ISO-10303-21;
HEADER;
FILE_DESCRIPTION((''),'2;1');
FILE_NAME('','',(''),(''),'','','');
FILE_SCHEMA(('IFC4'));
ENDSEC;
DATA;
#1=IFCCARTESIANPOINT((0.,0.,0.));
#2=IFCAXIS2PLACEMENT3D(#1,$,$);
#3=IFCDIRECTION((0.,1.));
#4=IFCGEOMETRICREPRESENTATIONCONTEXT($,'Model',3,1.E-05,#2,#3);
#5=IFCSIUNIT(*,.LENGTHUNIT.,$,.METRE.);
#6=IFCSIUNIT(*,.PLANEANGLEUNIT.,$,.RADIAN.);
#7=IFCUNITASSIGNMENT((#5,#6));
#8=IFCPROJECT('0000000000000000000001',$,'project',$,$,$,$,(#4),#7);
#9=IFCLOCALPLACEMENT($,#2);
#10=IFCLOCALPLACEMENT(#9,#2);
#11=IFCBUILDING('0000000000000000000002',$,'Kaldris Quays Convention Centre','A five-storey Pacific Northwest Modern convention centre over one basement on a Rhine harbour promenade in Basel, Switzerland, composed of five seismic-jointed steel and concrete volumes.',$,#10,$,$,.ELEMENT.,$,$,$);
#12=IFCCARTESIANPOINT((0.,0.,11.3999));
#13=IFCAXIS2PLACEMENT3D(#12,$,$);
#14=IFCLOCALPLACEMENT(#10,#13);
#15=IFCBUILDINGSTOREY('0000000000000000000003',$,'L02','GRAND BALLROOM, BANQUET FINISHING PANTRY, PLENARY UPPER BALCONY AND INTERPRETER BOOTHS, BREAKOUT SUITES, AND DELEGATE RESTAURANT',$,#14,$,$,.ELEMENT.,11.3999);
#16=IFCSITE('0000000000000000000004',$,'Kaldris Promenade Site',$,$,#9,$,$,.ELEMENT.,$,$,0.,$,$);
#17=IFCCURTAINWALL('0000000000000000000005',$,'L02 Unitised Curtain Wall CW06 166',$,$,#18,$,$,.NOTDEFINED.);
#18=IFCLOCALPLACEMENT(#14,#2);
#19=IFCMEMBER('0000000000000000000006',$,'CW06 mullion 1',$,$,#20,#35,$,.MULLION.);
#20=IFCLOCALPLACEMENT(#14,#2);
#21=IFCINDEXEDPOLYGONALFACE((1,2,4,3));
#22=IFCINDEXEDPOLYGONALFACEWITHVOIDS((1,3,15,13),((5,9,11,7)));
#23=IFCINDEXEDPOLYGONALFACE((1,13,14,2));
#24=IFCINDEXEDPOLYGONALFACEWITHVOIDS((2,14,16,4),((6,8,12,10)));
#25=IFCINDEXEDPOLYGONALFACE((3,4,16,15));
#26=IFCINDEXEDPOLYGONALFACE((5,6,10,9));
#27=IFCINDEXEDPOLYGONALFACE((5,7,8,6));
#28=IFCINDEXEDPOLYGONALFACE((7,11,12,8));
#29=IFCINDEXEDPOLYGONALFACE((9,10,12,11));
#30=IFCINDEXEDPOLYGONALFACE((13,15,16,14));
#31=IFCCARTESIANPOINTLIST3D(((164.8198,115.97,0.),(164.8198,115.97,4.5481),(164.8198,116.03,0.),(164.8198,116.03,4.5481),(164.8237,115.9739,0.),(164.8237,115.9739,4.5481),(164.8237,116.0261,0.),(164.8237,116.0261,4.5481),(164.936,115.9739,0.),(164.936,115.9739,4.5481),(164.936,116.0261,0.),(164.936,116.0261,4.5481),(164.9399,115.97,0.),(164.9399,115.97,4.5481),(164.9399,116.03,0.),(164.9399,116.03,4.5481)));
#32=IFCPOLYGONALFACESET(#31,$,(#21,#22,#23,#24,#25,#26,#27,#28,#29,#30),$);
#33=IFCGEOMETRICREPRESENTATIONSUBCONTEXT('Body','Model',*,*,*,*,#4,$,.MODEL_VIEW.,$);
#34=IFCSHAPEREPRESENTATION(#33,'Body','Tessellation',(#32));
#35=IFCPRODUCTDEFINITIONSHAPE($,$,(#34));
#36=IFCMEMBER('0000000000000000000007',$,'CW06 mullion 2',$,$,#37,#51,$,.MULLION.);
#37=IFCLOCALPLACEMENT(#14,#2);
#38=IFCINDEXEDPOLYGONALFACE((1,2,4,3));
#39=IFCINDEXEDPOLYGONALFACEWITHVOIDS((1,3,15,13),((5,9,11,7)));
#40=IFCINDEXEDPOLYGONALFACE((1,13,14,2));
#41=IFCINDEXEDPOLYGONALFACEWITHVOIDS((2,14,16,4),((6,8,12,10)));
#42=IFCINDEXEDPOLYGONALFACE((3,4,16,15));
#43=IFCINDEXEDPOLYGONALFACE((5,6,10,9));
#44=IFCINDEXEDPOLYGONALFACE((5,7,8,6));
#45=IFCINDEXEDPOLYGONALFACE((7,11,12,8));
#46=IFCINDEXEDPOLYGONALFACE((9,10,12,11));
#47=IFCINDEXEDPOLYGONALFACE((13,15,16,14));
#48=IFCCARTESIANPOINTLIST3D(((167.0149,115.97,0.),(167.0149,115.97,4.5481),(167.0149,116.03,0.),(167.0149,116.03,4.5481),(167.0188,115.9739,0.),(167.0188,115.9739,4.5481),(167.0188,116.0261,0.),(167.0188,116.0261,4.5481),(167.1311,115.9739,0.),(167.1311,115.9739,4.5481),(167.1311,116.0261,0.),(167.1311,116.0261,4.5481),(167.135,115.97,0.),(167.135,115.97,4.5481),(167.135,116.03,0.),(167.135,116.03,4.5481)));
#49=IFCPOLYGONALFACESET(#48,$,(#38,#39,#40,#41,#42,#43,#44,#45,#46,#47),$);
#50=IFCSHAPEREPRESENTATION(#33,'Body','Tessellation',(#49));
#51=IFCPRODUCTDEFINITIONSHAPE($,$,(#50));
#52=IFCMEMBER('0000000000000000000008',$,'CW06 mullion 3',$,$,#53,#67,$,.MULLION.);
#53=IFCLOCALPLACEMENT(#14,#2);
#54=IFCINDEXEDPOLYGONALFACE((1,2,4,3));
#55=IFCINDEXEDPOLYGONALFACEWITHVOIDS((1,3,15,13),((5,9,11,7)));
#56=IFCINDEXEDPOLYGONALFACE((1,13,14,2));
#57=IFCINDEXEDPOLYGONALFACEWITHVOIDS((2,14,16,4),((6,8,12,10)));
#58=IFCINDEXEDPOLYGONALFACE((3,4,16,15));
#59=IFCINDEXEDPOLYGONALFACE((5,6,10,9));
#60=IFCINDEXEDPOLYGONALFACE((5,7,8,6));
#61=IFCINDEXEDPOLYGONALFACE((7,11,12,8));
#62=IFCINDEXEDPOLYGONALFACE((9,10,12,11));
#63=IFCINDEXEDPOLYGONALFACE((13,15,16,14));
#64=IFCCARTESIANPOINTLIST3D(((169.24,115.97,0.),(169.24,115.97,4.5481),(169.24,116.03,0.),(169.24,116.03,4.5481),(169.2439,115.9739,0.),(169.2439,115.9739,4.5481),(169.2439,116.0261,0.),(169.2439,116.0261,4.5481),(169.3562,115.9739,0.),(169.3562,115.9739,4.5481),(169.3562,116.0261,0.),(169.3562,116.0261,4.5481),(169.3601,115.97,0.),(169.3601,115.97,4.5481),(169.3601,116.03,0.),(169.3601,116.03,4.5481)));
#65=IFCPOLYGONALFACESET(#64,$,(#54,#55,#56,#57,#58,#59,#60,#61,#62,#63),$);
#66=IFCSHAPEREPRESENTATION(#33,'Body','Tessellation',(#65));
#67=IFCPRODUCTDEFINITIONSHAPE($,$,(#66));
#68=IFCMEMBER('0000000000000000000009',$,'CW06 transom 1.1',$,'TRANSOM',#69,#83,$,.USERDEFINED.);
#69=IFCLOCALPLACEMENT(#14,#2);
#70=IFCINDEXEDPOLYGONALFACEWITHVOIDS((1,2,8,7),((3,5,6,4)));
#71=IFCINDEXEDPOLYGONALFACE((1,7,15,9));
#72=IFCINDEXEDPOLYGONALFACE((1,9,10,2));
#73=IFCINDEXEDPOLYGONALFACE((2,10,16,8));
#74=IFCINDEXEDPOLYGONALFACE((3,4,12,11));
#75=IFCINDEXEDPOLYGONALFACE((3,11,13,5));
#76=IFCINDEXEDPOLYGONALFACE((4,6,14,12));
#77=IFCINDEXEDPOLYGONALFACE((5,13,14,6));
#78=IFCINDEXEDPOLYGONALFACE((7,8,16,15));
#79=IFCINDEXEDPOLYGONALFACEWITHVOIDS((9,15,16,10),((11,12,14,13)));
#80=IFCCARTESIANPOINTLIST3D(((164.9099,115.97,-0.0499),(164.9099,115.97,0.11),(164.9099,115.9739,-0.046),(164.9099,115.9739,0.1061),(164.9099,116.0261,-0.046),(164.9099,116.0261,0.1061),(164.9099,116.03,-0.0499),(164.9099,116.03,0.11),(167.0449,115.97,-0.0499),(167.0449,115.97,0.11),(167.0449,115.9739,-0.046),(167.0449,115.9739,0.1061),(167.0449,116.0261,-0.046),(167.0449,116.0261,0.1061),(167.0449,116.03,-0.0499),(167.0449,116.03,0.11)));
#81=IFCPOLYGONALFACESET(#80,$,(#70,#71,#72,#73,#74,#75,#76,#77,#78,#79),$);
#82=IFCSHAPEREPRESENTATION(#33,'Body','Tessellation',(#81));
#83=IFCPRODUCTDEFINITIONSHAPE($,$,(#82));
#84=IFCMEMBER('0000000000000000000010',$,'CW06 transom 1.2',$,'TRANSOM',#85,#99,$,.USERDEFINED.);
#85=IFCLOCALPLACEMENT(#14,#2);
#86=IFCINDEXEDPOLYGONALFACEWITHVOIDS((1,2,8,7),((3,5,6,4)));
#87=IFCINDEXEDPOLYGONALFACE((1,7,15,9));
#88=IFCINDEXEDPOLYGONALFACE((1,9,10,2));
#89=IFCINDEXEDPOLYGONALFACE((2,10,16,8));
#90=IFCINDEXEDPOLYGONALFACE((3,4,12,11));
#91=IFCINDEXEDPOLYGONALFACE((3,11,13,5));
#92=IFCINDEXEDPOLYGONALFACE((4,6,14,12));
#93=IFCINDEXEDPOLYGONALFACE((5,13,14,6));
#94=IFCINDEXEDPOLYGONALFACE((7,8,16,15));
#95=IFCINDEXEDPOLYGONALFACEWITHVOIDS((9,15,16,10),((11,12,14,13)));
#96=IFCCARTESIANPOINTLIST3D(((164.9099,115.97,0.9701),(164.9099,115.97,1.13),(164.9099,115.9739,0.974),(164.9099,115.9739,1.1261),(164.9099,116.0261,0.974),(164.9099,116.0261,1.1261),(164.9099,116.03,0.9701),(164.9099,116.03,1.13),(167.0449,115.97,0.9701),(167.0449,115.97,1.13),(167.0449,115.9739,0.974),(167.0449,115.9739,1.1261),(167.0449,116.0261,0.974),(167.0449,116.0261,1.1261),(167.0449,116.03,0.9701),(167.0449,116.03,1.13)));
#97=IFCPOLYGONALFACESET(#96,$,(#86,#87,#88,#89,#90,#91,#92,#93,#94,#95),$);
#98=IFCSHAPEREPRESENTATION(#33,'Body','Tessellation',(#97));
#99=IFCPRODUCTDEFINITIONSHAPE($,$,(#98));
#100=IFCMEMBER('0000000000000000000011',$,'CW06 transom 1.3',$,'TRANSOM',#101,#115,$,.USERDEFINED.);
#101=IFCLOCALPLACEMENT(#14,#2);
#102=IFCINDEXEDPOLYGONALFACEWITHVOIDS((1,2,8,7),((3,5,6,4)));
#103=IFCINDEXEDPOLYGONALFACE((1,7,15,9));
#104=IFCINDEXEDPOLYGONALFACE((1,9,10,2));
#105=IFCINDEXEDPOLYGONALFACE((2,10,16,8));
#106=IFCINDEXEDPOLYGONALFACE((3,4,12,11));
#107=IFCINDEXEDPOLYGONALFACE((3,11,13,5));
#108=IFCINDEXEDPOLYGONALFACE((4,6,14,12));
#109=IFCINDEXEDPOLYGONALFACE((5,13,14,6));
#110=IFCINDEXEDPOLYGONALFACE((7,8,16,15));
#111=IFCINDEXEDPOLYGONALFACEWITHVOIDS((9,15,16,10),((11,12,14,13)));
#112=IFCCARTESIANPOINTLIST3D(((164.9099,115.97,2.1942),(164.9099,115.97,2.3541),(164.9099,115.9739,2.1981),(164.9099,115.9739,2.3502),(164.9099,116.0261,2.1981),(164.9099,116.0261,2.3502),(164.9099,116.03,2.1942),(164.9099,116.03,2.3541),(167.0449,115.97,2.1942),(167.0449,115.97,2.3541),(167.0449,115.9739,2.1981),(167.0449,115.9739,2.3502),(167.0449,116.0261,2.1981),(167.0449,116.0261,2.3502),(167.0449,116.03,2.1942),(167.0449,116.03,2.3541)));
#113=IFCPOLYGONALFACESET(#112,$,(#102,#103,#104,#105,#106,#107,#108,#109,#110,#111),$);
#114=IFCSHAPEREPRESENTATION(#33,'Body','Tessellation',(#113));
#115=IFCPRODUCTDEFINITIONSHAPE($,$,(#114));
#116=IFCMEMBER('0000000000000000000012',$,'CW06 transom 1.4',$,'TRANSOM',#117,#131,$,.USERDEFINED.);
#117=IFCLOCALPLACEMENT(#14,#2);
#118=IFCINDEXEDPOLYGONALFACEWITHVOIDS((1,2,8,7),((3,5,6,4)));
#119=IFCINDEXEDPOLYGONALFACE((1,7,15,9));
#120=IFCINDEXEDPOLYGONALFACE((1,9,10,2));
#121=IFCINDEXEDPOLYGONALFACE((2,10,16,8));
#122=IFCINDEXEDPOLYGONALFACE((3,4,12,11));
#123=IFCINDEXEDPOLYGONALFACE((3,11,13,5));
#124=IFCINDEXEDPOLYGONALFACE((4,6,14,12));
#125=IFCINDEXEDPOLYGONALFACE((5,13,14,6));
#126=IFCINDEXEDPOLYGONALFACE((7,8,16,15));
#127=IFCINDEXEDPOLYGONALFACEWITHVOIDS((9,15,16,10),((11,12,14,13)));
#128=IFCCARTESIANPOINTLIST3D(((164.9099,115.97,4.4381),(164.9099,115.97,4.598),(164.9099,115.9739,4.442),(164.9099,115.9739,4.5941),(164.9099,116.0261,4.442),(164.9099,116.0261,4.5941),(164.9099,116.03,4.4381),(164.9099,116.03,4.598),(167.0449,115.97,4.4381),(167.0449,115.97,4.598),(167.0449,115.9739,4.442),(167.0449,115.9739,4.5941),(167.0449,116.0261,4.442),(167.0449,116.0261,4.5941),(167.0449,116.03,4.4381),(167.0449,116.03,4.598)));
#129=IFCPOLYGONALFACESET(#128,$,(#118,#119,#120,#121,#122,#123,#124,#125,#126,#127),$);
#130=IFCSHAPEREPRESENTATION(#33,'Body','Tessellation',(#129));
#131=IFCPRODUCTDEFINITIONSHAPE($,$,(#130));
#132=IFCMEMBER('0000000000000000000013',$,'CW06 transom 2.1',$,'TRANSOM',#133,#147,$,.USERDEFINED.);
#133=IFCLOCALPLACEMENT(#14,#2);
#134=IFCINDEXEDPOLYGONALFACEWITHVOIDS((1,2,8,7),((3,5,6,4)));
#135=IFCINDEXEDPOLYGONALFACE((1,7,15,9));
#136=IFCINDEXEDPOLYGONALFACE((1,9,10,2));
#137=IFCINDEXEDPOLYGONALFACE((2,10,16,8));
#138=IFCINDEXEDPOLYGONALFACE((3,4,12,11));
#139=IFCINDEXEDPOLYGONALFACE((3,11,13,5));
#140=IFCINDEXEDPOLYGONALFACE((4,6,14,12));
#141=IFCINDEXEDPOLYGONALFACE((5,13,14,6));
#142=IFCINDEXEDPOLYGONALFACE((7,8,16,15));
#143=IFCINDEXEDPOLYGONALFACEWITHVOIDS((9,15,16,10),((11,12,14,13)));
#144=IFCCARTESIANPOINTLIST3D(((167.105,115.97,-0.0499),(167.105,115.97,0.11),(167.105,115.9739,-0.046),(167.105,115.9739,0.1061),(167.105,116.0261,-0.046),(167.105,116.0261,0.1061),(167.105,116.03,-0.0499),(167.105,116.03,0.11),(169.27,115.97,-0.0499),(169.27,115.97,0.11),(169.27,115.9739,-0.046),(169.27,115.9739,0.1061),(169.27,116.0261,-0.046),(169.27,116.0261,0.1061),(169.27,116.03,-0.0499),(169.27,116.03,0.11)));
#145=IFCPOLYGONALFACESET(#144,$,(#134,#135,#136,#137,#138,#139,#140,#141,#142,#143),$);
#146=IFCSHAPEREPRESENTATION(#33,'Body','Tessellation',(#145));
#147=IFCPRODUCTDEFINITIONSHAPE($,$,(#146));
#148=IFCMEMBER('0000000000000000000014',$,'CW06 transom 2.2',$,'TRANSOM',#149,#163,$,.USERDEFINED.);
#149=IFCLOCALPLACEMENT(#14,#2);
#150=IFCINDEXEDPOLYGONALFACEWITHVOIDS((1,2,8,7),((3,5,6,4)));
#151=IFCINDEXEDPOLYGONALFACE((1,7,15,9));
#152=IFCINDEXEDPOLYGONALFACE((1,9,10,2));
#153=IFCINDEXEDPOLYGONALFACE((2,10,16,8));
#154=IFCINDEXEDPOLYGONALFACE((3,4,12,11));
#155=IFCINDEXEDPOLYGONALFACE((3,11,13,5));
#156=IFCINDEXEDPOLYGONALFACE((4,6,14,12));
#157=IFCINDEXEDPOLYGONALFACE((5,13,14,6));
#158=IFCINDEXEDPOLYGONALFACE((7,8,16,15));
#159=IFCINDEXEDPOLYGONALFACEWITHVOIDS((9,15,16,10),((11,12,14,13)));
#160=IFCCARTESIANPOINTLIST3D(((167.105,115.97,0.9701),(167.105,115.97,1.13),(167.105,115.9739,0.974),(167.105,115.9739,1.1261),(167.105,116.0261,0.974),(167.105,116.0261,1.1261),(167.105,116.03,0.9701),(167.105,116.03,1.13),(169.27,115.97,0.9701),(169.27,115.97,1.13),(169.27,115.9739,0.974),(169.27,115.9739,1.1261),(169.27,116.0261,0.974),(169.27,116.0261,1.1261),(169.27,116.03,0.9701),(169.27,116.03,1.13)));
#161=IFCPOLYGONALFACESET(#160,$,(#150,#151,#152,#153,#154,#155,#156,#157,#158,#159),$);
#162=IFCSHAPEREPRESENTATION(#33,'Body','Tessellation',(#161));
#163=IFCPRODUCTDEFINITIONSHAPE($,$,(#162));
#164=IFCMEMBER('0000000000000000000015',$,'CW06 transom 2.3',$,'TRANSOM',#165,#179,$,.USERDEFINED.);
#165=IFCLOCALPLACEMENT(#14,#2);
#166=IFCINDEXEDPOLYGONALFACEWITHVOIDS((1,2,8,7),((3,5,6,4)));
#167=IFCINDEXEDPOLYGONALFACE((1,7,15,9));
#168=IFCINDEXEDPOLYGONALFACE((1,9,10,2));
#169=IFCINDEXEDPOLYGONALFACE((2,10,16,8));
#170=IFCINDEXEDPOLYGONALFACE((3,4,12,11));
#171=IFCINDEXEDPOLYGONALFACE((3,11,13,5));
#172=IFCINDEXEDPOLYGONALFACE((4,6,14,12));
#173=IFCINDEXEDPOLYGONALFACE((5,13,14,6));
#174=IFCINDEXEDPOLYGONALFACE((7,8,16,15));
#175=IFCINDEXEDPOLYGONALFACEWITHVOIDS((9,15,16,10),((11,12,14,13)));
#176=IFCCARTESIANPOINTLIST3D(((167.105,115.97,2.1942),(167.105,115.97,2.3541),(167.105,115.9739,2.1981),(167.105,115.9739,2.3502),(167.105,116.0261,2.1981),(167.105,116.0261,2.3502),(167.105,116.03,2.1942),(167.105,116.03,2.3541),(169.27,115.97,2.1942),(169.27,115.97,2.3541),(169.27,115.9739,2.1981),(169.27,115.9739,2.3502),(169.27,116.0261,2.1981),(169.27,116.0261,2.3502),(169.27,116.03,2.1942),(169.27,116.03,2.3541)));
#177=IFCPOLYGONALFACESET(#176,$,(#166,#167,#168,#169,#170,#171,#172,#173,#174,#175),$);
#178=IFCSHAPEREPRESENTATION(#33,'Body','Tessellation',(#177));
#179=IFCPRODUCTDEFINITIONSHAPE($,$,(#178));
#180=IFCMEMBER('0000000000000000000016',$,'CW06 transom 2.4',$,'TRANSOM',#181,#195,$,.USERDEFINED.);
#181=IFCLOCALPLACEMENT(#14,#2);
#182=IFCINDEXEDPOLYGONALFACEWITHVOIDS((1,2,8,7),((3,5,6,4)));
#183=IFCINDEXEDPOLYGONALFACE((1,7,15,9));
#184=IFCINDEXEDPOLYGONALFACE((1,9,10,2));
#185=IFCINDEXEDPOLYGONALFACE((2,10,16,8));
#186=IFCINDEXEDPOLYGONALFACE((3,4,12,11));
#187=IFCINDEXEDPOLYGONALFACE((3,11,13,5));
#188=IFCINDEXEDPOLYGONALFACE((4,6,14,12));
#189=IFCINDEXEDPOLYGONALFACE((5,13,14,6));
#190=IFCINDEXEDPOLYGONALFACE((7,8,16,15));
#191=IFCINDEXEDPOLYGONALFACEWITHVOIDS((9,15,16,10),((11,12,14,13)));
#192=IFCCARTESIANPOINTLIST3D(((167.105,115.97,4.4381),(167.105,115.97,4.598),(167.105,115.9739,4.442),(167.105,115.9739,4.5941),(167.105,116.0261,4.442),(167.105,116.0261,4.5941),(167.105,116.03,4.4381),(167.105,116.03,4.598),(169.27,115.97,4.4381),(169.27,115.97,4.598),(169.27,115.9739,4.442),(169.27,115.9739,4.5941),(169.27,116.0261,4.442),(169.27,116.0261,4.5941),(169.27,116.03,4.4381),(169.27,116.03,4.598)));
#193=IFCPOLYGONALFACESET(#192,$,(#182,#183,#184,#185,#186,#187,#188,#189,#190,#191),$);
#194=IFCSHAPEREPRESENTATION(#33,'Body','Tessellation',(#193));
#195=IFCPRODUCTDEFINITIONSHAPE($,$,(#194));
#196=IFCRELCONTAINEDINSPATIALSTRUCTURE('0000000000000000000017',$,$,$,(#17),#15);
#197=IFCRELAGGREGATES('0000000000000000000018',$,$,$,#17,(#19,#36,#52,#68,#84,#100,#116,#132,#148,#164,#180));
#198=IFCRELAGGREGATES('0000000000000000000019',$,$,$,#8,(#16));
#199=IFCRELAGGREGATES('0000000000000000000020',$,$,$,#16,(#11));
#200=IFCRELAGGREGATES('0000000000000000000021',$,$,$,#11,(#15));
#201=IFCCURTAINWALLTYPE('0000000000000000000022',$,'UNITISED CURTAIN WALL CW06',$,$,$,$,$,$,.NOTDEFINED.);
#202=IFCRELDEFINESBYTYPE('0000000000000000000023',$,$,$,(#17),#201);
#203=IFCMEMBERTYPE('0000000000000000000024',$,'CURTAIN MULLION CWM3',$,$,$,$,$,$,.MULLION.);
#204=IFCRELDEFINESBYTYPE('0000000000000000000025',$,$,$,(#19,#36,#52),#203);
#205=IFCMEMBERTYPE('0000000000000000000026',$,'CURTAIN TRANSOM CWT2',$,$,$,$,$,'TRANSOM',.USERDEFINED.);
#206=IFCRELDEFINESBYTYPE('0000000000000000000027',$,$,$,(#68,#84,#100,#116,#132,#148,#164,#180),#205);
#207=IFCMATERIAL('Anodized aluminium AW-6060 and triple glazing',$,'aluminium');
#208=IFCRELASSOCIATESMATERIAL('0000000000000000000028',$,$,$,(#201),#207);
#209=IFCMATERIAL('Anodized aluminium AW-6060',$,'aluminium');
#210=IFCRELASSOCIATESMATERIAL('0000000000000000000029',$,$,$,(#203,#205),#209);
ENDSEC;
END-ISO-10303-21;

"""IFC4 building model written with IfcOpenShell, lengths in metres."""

from ifc_helpers import new_model, si_unit, direction, frame, origin, origin_2d, place, context, subcontext, project, spatial, hollow_rectangle, extrude, material, material_profile, profile_set, type_object, element, aggregate, save


model = new_model("IFC4")

# Units and contexts
model_context = context("Model", 3, precision=1e-05, world=origin(), true_north=direction((0.0, 1.0)))
body_context = subcontext(model_context, "Body", "Model", "MODEL_VIEW")
ifc_project = project(units=[si_unit("LENGTHUNIT", "METRE"), si_unit("PLANEANGLEUNIT", "RADIAN")], contexts=[model_context])

# Site, building, storey
site_placement = place(None, origin())
site = spatial("IfcSite", under=ifc_project, at=site_placement, Name="Kaldris Promenade Site", CompositionType="ELEMENT", RefElevation=0.0)
building_placement = place(site_placement, origin())
building = spatial("IfcBuilding", under=site, at=building_placement, Name="Kaldris Quays Convention Centre", Description="A five-storey Pacific Northwest Modern convention centre over one basement on a Rhine harbour promenade in Basel, Switzerland, composed of five seismic-jointed steel and concrete volumes.", CompositionType="ELEMENT")
storey_placement = place(building_placement, frame((0.0, 0.0, 11.3999)))
storey = spatial("IfcBuildingStorey", under=building, at=storey_placement, Name="L02", Description="GRAND BALLROOM, BANQUET FINISHING PANTRY, PLENARY UPPER BALCONY AND INTERPRETER BOOTHS, BREAKOUT SUITES, AND DELEGATE RESTAURANT", CompositionType="ELEMENT", Elevation=11.3999)

# Curtain wall, members
ifc_material_1 = material(Name="Anodized aluminium AW-6060 and triple glazing", Category="aluminium")
curtain_wall_type = type_object("IfcCurtainWallType", Name="UNITISED CURTAIN WALL CW06", PredefinedType="NOTDEFINED", material=ifc_material_1)
curtain_wall_placement = place(storey_placement, origin())
curtain_wall = element("IfcCurtainWall", 1, at=curtain_wall_placement, inside=storey, type_object=curtain_wall_type, Name="L02 Unitised Curtain Wall CW06 166", PredefinedType="NOTDEFINED")
ifc_material_2 = material(Name="Anodized aluminium AW-6060", Category="aluminium")
ifc_material_profile_1 = material_profile(ifc_material_2, hollow_rectangle(XDim=0.0601, YDim=0.1201, WallThickness=0.0039, at=origin_2d()), Name="RHS 120x60x4")
ifc_profile_set_1 = profile_set([ifc_material_profile_1], Name="Anodized aluminium AW-6060")
member_type_1 = type_object("IfcMemberType", Name="CURTAIN MULLION CWM3", PredefinedType="MULLION", material=ifc_profile_set_1)
member_1_placement = place(storey_placement, frame((164.8799, 116.0, 0.0), z_axis=(0.0, 0.0, 1.0), x_axis=(0.0, 1.0, 0.0)))
member_1 = element("IfcMember", 2, at=member_1_placement, type_object=member_type_1, Name="CW06 mullion 1", PredefinedType="MULLION", context=body_context, shape_type="SweptSolid", body=[
    extrude(hollow_rectangle(XDim=0.0601, YDim=0.1201, WallThickness=0.0039, at=origin_2d()), origin(), (0.0, 0.0, 1.0), 4.5481),
])
member_2_placement = place(storey_placement, frame((167.075, 116.0, 0.0), z_axis=(0.0, 0.0, 1.0), x_axis=(0.0, 1.0, 0.0)))
member_2 = element("IfcMember", 3, at=member_2_placement, type_object=member_type_1, Name="CW06 mullion 2", PredefinedType="MULLION", context=body_context, shape_type="SweptSolid", body=[
    extrude(hollow_rectangle(XDim=0.0601, YDim=0.1201, WallThickness=0.0039, at=origin_2d()), origin(), (0.0, 0.0, 1.0), 4.5481),
])
member_3_placement = place(storey_placement, frame((169.3, 116.0, 0.0), z_axis=(0.0, 0.0, 1.0), x_axis=(0.0, 1.0, 0.0)))
member_3 = element("IfcMember", 4, at=member_3_placement, type_object=member_type_1, Name="CW06 mullion 3", PredefinedType="MULLION", context=body_context, shape_type="SweptSolid", body=[
    extrude(hollow_rectangle(XDim=0.0601, YDim=0.1201, WallThickness=0.0039, at=origin_2d()), origin(), (0.0, 0.0, 1.0), 4.5481),
])
ifc_material_profile_2 = material_profile(ifc_material_2, hollow_rectangle(XDim=0.0601, YDim=0.1599, WallThickness=0.0039, at=origin_2d()), Name="RHS 160x60x4")
ifc_profile_set_2 = profile_set([ifc_material_profile_2], Name="Anodized aluminium AW-6060")
member_type_2 = type_object("IfcMemberType", Name="CURTAIN TRANSOM CWT2", ElementType="TRANSOM", PredefinedType="USERDEFINED", material=ifc_profile_set_2)
member_4_placement = place(storey_placement, frame((164.9099, 116.0, 0.03), z_axis=(1.0, 0.0, 0.0), x_axis=(0.0, 1.0, 0.0)))
member_4 = element("IfcMember", 5, at=member_4_placement, type_object=member_type_2, Name="CW06 transom 1.1", ObjectType="TRANSOM", PredefinedType="USERDEFINED", context=body_context, shape_type="SweptSolid", body=[
    extrude(hollow_rectangle(XDim=0.0601, YDim=0.1599, WallThickness=0.0039, at=origin_2d()), origin(), (0.0, 0.0, 1.0), 2.135),
])
member_5_placement = place(storey_placement, frame((164.9099, 116.0, 1.05), z_axis=(1.0, 0.0, 0.0), x_axis=(0.0, 1.0, 0.0)))
member_5 = element("IfcMember", 6, at=member_5_placement, type_object=member_type_2, Name="CW06 transom 1.2", ObjectType="TRANSOM", PredefinedType="USERDEFINED", context=body_context, shape_type="SweptSolid", body=[
    extrude(hollow_rectangle(XDim=0.0601, YDim=0.1599, WallThickness=0.0039, at=origin_2d()), origin(), (0.0, 0.0, 1.0), 2.135),
])
member_6_placement = place(storey_placement, frame((164.9099, 116.0, 2.2742), z_axis=(1.0, 0.0, 0.0), x_axis=(0.0, 1.0, 0.0)))
member_6 = element("IfcMember", 7, at=member_6_placement, type_object=member_type_2, Name="CW06 transom 1.3", ObjectType="TRANSOM", PredefinedType="USERDEFINED", context=body_context, shape_type="SweptSolid", body=[
    extrude(hollow_rectangle(XDim=0.0601, YDim=0.1599, WallThickness=0.0039, at=origin_2d()), origin(), (0.0, 0.0, 1.0), 2.135),
])
member_7_placement = place(storey_placement, frame((164.9099, 116.0, 4.5181), z_axis=(1.0, 0.0, 0.0), x_axis=(0.0, 1.0, 0.0)))
member_7 = element("IfcMember", 8, at=member_7_placement, type_object=member_type_2, Name="CW06 transom 1.4", ObjectType="TRANSOM", PredefinedType="USERDEFINED", context=body_context, shape_type="SweptSolid", body=[
    extrude(hollow_rectangle(XDim=0.0601, YDim=0.1599, WallThickness=0.0039, at=origin_2d()), origin(), (0.0, 0.0, 1.0), 2.135),
])
member_8_placement = place(storey_placement, frame((167.105, 116.0, 0.03), z_axis=(1.0, 0.0, 0.0), x_axis=(0.0, 1.0, 0.0)))
member_8 = element("IfcMember", 9, at=member_8_placement, type_object=member_type_2, Name="CW06 transom 2.1", ObjectType="TRANSOM", PredefinedType="USERDEFINED", context=body_context, shape_type="SweptSolid", body=[
    extrude(hollow_rectangle(XDim=0.0601, YDim=0.1599, WallThickness=0.0039, at=origin_2d()), origin(), (0.0, 0.0, 1.0), 2.165),
])
member_9_placement = place(storey_placement, frame((167.105, 116.0, 1.05), z_axis=(1.0, 0.0, 0.0), x_axis=(0.0, 1.0, 0.0)))
member_9 = element("IfcMember", 10, at=member_9_placement, type_object=member_type_2, Name="CW06 transom 2.2", ObjectType="TRANSOM", PredefinedType="USERDEFINED", context=body_context, shape_type="SweptSolid", body=[
    extrude(hollow_rectangle(XDim=0.0601, YDim=0.1599, WallThickness=0.0039, at=origin_2d()), origin(), (0.0, 0.0, 1.0), 2.165),
])
member_10_placement = place(storey_placement, frame((167.105, 116.0, 2.2742), z_axis=(1.0, 0.0, 0.0), x_axis=(0.0, 1.0, 0.0)))
member_10 = element("IfcMember", 11, at=member_10_placement, type_object=member_type_2, Name="CW06 transom 2.3", ObjectType="TRANSOM", PredefinedType="USERDEFINED", context=body_context, shape_type="SweptSolid", body=[
    extrude(hollow_rectangle(XDim=0.0601, YDim=0.1599, WallThickness=0.0039, at=origin_2d()), origin(), (0.0, 0.0, 1.0), 2.165),
])
member_11_placement = place(storey_placement, frame((167.105, 116.0, 4.5181), z_axis=(1.0, 0.0, 0.0), x_axis=(0.0, 1.0, 0.0)))
member_11 = element("IfcMember", 12, at=member_11_placement, type_object=member_type_2, Name="CW06 transom 2.4", ObjectType="TRANSOM", PredefinedType="USERDEFINED", context=body_context, shape_type="SweptSolid", body=[
    extrude(hollow_rectangle(XDim=0.0601, YDim=0.1599, WallThickness=0.0039, at=origin_2d()), origin(), (0.0, 0.0, 1.0), 2.165),
])

aggregate(curtain_wall, [member_1, member_2, member_3, member_4, member_5, member_6, member_7, member_8, member_9, member_10, member_11])

save(model, "model.ifc")
